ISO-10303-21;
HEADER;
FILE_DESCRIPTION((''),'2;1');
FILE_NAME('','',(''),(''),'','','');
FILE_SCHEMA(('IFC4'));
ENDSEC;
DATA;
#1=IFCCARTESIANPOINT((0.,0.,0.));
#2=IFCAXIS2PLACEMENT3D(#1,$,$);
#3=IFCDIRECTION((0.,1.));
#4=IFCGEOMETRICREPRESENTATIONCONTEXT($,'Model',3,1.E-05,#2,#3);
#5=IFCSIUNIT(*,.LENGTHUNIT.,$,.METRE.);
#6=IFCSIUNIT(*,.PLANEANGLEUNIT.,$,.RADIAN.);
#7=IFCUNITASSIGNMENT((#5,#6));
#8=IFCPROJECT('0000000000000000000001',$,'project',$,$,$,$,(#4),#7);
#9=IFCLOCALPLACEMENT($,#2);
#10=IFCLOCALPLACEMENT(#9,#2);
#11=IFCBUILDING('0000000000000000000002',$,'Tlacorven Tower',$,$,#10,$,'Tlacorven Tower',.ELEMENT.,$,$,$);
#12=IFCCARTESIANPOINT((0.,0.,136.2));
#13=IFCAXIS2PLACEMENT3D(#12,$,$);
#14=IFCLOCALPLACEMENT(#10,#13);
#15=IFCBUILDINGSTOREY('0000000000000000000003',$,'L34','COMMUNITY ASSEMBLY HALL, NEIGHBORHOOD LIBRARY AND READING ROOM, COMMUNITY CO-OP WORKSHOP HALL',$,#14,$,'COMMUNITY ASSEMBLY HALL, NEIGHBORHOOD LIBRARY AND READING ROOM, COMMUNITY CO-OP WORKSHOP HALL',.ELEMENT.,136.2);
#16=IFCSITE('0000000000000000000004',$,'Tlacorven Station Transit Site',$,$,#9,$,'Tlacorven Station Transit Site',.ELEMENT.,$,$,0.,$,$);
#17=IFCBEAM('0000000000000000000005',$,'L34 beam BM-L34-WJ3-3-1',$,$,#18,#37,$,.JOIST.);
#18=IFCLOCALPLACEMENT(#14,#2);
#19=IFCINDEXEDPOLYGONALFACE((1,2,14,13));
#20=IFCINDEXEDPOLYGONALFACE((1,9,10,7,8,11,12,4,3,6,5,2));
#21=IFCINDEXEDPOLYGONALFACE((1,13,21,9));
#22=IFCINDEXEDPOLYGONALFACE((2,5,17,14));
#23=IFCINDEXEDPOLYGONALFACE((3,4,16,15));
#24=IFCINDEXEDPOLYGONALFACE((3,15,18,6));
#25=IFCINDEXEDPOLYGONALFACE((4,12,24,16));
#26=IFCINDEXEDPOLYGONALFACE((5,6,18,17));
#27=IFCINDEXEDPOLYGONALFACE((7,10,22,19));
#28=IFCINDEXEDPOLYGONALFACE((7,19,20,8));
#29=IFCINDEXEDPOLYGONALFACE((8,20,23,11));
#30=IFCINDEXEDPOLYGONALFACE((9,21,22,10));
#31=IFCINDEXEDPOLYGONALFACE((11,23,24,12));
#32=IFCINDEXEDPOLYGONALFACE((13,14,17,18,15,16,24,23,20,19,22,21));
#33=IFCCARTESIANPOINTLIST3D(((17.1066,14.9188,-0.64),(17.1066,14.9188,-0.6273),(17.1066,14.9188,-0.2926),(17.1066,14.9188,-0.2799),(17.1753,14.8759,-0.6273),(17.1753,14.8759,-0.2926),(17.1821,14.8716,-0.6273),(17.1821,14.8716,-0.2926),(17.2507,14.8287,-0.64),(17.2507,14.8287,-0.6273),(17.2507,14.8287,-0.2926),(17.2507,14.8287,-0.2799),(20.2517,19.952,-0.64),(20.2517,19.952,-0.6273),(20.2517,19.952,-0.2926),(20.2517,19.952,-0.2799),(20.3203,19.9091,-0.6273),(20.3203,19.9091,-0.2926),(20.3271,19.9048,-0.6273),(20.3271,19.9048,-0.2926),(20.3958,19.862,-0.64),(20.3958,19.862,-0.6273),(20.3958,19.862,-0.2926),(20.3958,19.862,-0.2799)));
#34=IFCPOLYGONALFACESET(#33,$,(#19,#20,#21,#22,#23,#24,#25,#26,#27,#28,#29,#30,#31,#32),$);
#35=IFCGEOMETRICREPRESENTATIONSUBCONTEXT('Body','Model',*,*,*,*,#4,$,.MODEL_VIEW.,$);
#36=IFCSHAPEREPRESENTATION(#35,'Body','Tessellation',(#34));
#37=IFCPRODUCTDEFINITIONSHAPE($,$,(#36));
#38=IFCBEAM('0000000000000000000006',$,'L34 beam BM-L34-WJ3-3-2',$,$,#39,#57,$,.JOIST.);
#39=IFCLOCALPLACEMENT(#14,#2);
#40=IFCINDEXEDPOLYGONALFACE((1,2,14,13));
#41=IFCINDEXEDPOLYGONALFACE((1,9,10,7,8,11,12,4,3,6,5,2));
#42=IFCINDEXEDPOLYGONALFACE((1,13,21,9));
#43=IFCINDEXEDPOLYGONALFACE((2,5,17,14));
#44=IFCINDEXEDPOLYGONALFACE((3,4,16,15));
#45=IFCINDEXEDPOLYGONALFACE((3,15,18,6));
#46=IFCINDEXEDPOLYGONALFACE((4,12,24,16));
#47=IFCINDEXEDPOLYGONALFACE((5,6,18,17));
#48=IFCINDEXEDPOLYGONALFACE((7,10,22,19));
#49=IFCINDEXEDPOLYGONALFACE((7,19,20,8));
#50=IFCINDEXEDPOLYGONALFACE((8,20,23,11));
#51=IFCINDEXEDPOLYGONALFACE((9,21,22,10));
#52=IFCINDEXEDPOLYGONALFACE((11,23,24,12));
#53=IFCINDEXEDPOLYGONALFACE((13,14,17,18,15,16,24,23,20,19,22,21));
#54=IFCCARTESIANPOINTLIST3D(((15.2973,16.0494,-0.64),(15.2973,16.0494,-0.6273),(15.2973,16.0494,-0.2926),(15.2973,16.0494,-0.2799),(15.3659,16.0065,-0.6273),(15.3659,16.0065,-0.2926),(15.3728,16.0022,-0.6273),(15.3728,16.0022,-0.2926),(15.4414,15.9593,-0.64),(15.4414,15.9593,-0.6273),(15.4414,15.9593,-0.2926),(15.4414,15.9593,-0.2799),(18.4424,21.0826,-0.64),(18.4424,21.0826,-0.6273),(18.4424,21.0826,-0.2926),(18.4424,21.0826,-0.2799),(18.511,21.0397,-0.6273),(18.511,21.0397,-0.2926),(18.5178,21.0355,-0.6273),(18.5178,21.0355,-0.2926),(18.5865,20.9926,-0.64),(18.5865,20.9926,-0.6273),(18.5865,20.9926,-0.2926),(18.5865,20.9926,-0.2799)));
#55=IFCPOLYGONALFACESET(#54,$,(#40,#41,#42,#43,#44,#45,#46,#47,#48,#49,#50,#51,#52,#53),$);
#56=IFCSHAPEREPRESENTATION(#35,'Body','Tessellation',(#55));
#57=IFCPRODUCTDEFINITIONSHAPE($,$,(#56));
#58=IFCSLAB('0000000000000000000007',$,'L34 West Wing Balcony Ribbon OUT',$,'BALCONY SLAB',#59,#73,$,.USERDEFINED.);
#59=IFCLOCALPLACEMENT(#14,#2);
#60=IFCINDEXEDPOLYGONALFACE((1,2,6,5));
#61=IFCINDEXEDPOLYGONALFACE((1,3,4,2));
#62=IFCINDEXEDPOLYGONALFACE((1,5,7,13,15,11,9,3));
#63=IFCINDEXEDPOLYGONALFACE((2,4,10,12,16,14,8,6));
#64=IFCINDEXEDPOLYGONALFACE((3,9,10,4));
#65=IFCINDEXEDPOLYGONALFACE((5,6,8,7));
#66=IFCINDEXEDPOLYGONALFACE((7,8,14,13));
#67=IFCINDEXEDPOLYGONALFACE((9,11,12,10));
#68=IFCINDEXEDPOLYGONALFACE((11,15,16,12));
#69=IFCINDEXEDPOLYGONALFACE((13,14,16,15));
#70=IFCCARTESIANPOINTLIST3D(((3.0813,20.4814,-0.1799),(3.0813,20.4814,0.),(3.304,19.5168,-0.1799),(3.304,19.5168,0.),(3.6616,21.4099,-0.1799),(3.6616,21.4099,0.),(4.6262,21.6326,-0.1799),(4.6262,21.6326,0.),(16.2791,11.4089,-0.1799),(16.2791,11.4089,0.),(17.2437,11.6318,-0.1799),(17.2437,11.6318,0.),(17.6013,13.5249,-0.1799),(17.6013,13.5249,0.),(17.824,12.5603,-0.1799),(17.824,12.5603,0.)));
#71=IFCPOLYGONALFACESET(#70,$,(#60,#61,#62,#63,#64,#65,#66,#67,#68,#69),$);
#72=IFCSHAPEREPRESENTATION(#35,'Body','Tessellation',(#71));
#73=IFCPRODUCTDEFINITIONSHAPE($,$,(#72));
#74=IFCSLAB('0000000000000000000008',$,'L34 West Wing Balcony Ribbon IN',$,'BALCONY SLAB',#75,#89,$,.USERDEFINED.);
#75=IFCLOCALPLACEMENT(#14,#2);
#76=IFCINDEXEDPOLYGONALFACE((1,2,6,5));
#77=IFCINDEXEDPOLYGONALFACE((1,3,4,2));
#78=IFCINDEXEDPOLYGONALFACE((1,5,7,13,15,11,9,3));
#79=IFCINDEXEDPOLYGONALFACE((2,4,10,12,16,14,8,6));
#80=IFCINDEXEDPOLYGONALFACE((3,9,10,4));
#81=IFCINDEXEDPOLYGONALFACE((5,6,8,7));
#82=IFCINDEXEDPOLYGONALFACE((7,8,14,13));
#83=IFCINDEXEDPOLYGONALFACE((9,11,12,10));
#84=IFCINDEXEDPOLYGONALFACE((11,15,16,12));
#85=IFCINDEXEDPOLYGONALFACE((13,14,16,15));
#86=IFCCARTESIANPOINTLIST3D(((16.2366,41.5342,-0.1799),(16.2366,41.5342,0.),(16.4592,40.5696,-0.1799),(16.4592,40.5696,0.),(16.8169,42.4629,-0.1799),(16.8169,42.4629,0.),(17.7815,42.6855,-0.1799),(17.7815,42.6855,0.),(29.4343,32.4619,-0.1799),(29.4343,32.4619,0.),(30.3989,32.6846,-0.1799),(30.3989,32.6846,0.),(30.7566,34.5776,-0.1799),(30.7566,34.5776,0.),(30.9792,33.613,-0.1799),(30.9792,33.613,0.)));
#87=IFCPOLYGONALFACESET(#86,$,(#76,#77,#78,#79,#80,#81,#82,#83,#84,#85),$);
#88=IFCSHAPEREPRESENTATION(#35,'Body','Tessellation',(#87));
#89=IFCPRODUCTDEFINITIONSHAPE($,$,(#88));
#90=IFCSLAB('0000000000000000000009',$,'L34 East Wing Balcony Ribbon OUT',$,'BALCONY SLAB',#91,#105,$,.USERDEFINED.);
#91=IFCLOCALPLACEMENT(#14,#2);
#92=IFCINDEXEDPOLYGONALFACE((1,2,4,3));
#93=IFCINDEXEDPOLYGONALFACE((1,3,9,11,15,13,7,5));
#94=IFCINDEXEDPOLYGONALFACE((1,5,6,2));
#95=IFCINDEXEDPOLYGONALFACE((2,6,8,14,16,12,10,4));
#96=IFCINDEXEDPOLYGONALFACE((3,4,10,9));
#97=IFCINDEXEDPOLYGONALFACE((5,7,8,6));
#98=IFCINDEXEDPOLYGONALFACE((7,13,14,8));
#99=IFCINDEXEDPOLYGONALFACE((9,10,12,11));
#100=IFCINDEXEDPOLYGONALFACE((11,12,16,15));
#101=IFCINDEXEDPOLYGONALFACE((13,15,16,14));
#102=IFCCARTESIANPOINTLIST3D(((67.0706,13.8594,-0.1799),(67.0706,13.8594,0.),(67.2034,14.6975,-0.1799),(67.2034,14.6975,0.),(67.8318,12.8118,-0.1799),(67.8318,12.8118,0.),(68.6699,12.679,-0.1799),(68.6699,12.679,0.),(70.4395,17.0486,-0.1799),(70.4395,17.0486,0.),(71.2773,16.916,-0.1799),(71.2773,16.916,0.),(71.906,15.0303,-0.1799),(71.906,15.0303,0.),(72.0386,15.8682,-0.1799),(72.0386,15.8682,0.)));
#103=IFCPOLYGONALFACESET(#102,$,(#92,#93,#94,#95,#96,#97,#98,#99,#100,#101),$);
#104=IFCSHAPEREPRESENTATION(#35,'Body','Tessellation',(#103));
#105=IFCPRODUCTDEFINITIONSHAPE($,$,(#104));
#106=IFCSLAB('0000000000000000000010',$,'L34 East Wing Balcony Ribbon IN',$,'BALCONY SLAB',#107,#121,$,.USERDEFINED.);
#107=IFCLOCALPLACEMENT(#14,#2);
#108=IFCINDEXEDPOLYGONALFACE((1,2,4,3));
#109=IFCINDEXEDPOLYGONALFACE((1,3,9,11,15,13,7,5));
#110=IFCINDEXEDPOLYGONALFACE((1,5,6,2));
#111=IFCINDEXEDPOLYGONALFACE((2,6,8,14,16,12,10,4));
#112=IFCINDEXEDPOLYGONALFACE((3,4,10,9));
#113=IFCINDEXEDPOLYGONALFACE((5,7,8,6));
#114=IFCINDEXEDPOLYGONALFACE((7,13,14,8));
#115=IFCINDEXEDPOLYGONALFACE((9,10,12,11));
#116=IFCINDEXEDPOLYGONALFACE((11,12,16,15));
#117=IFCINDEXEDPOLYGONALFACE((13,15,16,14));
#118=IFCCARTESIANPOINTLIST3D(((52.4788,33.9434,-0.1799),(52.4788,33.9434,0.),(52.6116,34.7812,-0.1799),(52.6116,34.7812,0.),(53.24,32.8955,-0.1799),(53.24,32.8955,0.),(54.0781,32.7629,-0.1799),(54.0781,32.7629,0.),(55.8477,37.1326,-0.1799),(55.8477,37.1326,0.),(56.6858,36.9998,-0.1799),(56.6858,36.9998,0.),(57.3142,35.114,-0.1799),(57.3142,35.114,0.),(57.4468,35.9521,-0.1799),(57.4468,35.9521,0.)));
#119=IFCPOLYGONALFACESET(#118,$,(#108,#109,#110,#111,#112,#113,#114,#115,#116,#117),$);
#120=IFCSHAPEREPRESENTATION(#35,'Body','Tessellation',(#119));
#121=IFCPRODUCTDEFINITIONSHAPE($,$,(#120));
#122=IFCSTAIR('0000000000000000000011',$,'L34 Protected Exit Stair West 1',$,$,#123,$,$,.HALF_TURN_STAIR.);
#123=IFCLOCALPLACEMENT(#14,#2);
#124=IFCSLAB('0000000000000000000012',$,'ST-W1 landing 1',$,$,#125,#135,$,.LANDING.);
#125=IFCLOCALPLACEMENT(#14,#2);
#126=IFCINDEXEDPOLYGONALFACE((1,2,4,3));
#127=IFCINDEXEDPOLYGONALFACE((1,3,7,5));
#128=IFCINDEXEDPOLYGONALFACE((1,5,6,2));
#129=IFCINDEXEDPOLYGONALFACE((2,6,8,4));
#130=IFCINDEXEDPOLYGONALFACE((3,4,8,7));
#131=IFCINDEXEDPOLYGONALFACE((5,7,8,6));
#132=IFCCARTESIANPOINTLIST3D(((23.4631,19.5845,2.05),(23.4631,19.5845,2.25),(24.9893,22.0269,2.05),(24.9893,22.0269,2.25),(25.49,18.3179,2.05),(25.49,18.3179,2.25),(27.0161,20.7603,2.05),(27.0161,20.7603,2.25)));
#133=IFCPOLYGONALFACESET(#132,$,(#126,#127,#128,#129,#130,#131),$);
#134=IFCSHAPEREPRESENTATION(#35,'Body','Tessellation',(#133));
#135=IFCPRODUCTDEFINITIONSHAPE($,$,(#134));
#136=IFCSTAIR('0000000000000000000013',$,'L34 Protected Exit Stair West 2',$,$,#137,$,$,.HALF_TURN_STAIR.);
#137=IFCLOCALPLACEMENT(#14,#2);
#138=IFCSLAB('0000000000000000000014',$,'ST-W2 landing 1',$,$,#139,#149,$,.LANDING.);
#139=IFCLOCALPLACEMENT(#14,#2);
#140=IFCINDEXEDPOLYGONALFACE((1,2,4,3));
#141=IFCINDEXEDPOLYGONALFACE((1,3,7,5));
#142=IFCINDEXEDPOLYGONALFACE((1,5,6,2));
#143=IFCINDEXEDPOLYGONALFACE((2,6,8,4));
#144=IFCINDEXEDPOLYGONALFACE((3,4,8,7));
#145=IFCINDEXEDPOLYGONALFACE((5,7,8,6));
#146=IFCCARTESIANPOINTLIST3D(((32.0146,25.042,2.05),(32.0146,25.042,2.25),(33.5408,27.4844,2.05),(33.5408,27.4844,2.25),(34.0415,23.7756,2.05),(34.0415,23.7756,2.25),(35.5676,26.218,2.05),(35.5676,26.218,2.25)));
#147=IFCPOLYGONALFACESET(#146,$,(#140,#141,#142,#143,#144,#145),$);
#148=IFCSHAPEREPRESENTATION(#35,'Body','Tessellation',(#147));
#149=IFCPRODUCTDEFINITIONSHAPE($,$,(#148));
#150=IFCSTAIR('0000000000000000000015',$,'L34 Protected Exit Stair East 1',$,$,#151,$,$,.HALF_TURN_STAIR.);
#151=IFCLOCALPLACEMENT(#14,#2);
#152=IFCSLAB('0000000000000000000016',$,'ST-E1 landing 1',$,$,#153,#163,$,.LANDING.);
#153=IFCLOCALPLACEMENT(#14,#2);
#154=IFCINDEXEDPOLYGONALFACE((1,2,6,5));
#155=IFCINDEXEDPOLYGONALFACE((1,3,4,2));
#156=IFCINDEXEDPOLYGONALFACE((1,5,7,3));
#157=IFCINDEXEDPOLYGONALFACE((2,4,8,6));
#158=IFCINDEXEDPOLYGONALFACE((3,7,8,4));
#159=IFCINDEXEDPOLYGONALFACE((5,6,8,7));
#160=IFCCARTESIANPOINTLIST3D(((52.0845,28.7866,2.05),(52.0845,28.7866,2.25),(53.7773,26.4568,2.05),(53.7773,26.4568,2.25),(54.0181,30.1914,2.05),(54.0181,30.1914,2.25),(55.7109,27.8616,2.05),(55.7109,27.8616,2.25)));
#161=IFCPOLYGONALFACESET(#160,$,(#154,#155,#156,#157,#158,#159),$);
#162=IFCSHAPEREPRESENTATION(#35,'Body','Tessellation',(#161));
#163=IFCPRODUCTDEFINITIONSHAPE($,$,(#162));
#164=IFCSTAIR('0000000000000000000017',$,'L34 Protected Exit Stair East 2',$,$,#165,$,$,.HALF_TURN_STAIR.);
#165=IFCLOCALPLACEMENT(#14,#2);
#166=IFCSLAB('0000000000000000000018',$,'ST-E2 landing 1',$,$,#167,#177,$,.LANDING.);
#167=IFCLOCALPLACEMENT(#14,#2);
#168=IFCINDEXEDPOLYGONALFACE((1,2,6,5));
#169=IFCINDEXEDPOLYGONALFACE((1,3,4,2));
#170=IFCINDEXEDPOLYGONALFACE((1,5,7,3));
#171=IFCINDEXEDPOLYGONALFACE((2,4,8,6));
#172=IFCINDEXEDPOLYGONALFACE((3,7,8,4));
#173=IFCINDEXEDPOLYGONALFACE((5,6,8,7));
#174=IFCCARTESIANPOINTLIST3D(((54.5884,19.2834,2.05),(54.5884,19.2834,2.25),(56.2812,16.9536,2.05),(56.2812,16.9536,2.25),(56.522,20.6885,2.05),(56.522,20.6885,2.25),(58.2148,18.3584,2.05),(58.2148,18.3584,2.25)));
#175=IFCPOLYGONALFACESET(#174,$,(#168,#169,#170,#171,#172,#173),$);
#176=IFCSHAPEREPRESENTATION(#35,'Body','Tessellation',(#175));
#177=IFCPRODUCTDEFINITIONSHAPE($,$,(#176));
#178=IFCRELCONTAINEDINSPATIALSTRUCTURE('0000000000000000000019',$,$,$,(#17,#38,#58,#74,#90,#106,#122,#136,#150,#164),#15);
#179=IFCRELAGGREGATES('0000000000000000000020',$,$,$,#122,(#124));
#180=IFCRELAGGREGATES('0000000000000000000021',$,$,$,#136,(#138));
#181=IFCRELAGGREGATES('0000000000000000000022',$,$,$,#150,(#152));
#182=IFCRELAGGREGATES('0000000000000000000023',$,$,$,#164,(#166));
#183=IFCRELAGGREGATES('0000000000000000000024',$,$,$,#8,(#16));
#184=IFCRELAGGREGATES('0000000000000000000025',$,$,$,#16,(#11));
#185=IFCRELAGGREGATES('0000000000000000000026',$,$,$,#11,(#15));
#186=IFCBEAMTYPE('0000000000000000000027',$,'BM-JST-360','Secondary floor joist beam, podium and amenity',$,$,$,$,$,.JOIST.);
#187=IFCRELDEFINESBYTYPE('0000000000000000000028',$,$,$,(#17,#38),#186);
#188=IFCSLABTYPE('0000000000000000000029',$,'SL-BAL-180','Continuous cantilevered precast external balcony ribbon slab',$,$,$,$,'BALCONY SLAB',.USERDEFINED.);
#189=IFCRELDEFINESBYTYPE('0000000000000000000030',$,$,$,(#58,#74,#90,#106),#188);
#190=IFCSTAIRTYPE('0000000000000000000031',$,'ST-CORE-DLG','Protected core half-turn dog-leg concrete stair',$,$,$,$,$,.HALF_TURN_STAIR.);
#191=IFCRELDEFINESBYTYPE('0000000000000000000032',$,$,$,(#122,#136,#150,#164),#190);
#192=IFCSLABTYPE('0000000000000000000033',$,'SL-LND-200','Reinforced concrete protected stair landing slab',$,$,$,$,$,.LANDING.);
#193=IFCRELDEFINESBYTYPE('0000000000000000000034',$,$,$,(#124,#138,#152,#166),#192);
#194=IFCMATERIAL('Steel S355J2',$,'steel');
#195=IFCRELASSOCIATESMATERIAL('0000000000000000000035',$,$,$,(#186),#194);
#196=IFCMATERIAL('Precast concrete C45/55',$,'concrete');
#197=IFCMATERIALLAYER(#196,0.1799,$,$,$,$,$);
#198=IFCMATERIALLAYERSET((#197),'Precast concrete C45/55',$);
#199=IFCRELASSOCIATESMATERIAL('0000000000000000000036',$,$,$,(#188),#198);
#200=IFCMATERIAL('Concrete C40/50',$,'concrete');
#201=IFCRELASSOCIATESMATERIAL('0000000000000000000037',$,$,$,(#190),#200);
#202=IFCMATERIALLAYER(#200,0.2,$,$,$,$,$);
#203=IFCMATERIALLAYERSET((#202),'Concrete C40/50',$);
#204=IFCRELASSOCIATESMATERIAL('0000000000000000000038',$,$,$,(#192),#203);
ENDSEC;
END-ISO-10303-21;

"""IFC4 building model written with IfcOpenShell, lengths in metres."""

from ifc_helpers import new_model, si_unit, direction, frame, origin, origin_2d, place, context, subcontext, project, spatial, polyline, i_section, outline, extrude, source, transform, mapped, material, layer, layer_set, material_profile, profile_set, type_object, element, aggregate, save


model = new_model("IFC4")

# Units and contexts
model_context = context("Model", 3, precision=1e-05, world=origin(), true_north=direction((0.0, 1.0)))
body_context = subcontext(model_context, "Body", "Model", "MODEL_VIEW")
ifc_project = project(units=[si_unit("LENGTHUNIT", "METRE"), si_unit("PLANEANGLEUNIT", "RADIAN")], contexts=[model_context])

# Site, building, storey
site_placement = place(None, origin())
site = spatial("IfcSite", under=ifc_project, at=site_placement, Name="Tlacorven Station Transit Site", LongName="Tlacorven Station Transit Site", CompositionType="ELEMENT", RefElevation=0.0)
building_placement = place(site_placement, origin())
building = spatial("IfcBuilding", under=site, at=building_placement, Name="Tlacorven Tower", LongName="Tlacorven Tower", CompositionType="ELEMENT")
storey_placement = place(building_placement, frame((0.0, 0.0, 136.2)))
storey = spatial("IfcBuildingStorey", under=building, at=storey_placement, Name="L34", Description="COMMUNITY ASSEMBLY HALL, NEIGHBORHOOD LIBRARY AND READING ROOM, COMMUNITY CO-OP WORKSHOP HALL", LongName="COMMUNITY ASSEMBLY HALL, NEIGHBORHOOD LIBRARY AND READING ROOM, COMMUNITY CO-OP WORKSHOP HALL", CompositionType="ELEMENT", Elevation=136.2)

# Beams
ifc_material_1 = material(Name="Steel S355J2", Category="steel")
ifc_material_profile_1 = material_profile(ifc_material_1, i_section(OverallWidth=0.1699, OverallDepth=0.3601, WebThickness=0.0081, FlangeThickness=0.0127, at=origin_2d()), Name="IPE 360")
ifc_profile_set_1 = profile_set([ifc_material_profile_1], Name="Steel S355J2")
beam_type_1 = type_object("IfcBeamType", Name="BM-JST-360", Description="Secondary floor joist beam, podium and amenity", PredefinedType="JOIST", material=ifc_profile_set_1)
shared_shape_1 = source(origin(), body_context, "Body", "SweptSolid", [
    extrude(i_section(OverallWidth=0.1699, OverallDepth=0.3601, WebThickness=0.0081, FlangeThickness=0.0127, at=origin_2d()), origin(), (0.0, 0.0, 1.0), 5.9351),
])
for number, where, z_axis, x_axis, name in (
    (1, (20.3237, 19.907, -0.46), (-0.52991, -0.848054, 0.0), (0.848054, -0.52991, 0.0), "L34 beam BM-L34-WJ3-3-1"),
    (2, (18.5144, 21.0376, -0.46), (-0.52991, -0.848054, 0.0), (0.848054, -0.52991, 0.0), "L34 beam BM-L34-WJ3-3-2"),
):
    element("IfcBeam", number, at=place(storey_placement, frame(where, z_axis=z_axis, x_axis=x_axis)), inside=storey, type_object=beam_type_1, Name=name, PredefinedType="JOIST", context=body_context, shape_type="MappedRepresentation", body=[
        mapped(shared_shape_1, transform((0.0, 0.0, 0.0), scale=1.0)),
    ])

# Slabs
ifc_material_2 = material(Name="Precast concrete C45/55", Category="concrete")
ifc_layer_1 = layer(ifc_material_2, 0.1799)
ifc_layer_set_1 = layer_set([ifc_layer_1], Name="Precast concrete C45/55")
slab_type_1 = type_object("IfcSlabType", Name="SL-BAL-180", Description="Continuous cantilevered precast external balcony ribbon slab", ElementType="BALCONY SLAB", PredefinedType="USERDEFINED", material=ifc_layer_set_1)
slab_1_placement = place(storey_placement, frame((0.0, 0.0, -0.1799)))
element("IfcSlab", 3, at=slab_1_placement, inside=storey, type_object=slab_type_1, Name="L34 West Wing Balcony Ribbon OUT", ObjectType="BALCONY SLAB", PredefinedType="USERDEFINED", context=body_context, shape_type="SweptSolid", body=[
    extrude(outline(polyline([(17.6013, 13.5249), (4.6262, 21.6326), (3.6616, 21.4099), (3.0813, 20.4814), (3.304, 19.5168), (16.2791, 11.4089), (17.2437, 11.6318), (17.824, 12.5603), (17.6013, 13.5249)])), origin(), (0.0, 0.0, 1.0), 0.1799),
])
slab_2_placement = place(storey_placement, frame((0.0, 0.0, -0.1799)))
element("IfcSlab", 4, at=slab_2_placement, inside=storey, type_object=slab_type_1, Name="L34 West Wing Balcony Ribbon IN", ObjectType="BALCONY SLAB", PredefinedType="USERDEFINED", context=body_context, shape_type="SweptSolid", body=[
    extrude(outline(polyline([(30.7566, 34.5776), (17.7815, 42.6855), (16.8169, 42.4629), (16.2366, 41.5342), (16.4592, 40.5696), (29.4343, 32.4619), (30.3989, 32.6846), (30.9792, 33.613), (30.7566, 34.5776)])), origin(), (0.0, 0.0, 1.0), 0.1799),
])
slab_3_placement = place(storey_placement, frame((0.0, 0.0, -0.1799)))
element("IfcSlab", 5, at=slab_3_placement, inside=storey, type_object=slab_type_1, Name="L34 East Wing Balcony Ribbon OUT", ObjectType="BALCONY SLAB", PredefinedType="USERDEFINED", context=body_context, shape_type="SweptSolid", body=[
    extrude(outline(polyline([(68.6699, 12.679), (71.906, 15.0303), (72.0386, 15.8682), (71.2773, 16.916), (70.4395, 17.0486), (67.2034, 14.6975), (67.0706, 13.8594), (67.8318, 12.8118), (68.6699, 12.679)])), origin(), (0.0, 0.0, 1.0), 0.1799),
])
slab_4_placement = place(storey_placement, frame((0.0, 0.0, -0.1799)))
element("IfcSlab", 6, at=slab_4_placement, inside=storey, type_object=slab_type_1, Name="L34 East Wing Balcony Ribbon IN", ObjectType="BALCONY SLAB", PredefinedType="USERDEFINED", context=body_context, shape_type="SweptSolid", body=[
    extrude(outline(polyline([(54.0781, 32.7629), (57.3142, 35.114), (57.4468, 35.9521), (56.6858, 36.9998), (55.8477, 37.1326), (52.6116, 34.7812), (52.4788, 33.9434), (53.24, 32.8955), (54.0781, 32.7629)])), origin(), (0.0, 0.0, 1.0), 0.1799),
])

# Stairs, slabs
ifc_material_3 = material(Name="Concrete C40/50", Category="concrete")
stair_type = type_object("IfcStairType", Name="ST-CORE-DLG", Description="Protected core half-turn dog-leg concrete stair", PredefinedType="HALF_TURN_STAIR", material=ifc_material_3)
stair_1_placement = place(storey_placement, origin())
stair_1 = element("IfcStair", 7, at=stair_1_placement, inside=storey, type_object=stair_type, Name="L34 Protected Exit Stair West 1", PredefinedType="HALF_TURN_STAIR")
ifc_layer_2 = layer(ifc_material_3, 0.2)
ifc_layer_set_2 = layer_set([ifc_layer_2], Name="Concrete C40/50")
slab_type_2 = type_object("IfcSlabType", Name="SL-LND-200", Description="Reinforced concrete protected stair landing slab", PredefinedType="LANDING", material=ifc_layer_set_2)
slab_5_placement = place(storey_placement, frame((0.0, 0.0, 2.05)))
slab_5 = element("IfcSlab", 8, at=slab_5_placement, type_object=slab_type_2, Name="ST-W1 landing 1", PredefinedType="LANDING", context=body_context, shape_type="SweptSolid", body=[
    extrude(outline(polyline([(27.0161, 20.7603), (24.9893, 22.0269), (23.4631, 19.5845), (25.49, 18.3179), (27.0161, 20.7603)])), origin(), (0.0, 0.0, 1.0), 0.2),
])
aggregate(stair_1, [slab_5])
stair_2_placement = place(storey_placement, origin())
stair_2 = element("IfcStair", 9, at=stair_2_placement, inside=storey, type_object=stair_type, Name="L34 Protected Exit Stair West 2", PredefinedType="HALF_TURN_STAIR")
slab_6_placement = place(storey_placement, frame((0.0, 0.0, 2.05)))
slab_6 = element("IfcSlab", 10, at=slab_6_placement, type_object=slab_type_2, Name="ST-W2 landing 1", PredefinedType="LANDING", context=body_context, shape_type="SweptSolid", body=[
    extrude(outline(polyline([(35.5676, 26.218), (33.5408, 27.4844), (32.0146, 25.042), (34.0415, 23.7756), (35.5676, 26.218)])), origin(), (0.0, 0.0, 1.0), 0.2),
])
aggregate(stair_2, [slab_6])
stair_3_placement = place(storey_placement, origin())
stair_3 = element("IfcStair", 11, at=stair_3_placement, inside=storey, type_object=stair_type, Name="L34 Protected Exit Stair East 1", PredefinedType="HALF_TURN_STAIR")
slab_7_placement = place(storey_placement, frame((0.0, 0.0, 2.05)))
slab_7 = element("IfcSlab", 12, at=slab_7_placement, type_object=slab_type_2, Name="ST-E1 landing 1", PredefinedType="LANDING", context=body_context, shape_type="SweptSolid", body=[
    extrude(outline(polyline([(53.7773, 26.4568), (55.7109, 27.8616), (54.0181, 30.1914), (52.0845, 28.7866), (53.7773, 26.4568)])), origin(), (0.0, 0.0, 1.0), 0.2),
])
aggregate(stair_3, [slab_7])
stair_4_placement = place(storey_placement, origin())
stair_4 = element("IfcStair", 13, at=stair_4_placement, inside=storey, type_object=stair_type, Name="L34 Protected Exit Stair East 2", PredefinedType="HALF_TURN_STAIR")
slab_8_placement = place(storey_placement, frame((0.0, 0.0, 2.05)))
slab_8 = element("IfcSlab", 14, at=slab_8_placement, type_object=slab_type_2, Name="ST-E2 landing 1", PredefinedType="LANDING", context=body_context, shape_type="SweptSolid", body=[
    extrude(outline(polyline([(56.2812, 16.9536), (58.2148, 18.3584), (56.522, 20.6885), (54.5884, 19.2834), (56.2812, 16.9536)])), origin(), (0.0, 0.0, 1.0), 0.2),
])
aggregate(stair_4, [slab_8])

save(model, "model.ifc")
